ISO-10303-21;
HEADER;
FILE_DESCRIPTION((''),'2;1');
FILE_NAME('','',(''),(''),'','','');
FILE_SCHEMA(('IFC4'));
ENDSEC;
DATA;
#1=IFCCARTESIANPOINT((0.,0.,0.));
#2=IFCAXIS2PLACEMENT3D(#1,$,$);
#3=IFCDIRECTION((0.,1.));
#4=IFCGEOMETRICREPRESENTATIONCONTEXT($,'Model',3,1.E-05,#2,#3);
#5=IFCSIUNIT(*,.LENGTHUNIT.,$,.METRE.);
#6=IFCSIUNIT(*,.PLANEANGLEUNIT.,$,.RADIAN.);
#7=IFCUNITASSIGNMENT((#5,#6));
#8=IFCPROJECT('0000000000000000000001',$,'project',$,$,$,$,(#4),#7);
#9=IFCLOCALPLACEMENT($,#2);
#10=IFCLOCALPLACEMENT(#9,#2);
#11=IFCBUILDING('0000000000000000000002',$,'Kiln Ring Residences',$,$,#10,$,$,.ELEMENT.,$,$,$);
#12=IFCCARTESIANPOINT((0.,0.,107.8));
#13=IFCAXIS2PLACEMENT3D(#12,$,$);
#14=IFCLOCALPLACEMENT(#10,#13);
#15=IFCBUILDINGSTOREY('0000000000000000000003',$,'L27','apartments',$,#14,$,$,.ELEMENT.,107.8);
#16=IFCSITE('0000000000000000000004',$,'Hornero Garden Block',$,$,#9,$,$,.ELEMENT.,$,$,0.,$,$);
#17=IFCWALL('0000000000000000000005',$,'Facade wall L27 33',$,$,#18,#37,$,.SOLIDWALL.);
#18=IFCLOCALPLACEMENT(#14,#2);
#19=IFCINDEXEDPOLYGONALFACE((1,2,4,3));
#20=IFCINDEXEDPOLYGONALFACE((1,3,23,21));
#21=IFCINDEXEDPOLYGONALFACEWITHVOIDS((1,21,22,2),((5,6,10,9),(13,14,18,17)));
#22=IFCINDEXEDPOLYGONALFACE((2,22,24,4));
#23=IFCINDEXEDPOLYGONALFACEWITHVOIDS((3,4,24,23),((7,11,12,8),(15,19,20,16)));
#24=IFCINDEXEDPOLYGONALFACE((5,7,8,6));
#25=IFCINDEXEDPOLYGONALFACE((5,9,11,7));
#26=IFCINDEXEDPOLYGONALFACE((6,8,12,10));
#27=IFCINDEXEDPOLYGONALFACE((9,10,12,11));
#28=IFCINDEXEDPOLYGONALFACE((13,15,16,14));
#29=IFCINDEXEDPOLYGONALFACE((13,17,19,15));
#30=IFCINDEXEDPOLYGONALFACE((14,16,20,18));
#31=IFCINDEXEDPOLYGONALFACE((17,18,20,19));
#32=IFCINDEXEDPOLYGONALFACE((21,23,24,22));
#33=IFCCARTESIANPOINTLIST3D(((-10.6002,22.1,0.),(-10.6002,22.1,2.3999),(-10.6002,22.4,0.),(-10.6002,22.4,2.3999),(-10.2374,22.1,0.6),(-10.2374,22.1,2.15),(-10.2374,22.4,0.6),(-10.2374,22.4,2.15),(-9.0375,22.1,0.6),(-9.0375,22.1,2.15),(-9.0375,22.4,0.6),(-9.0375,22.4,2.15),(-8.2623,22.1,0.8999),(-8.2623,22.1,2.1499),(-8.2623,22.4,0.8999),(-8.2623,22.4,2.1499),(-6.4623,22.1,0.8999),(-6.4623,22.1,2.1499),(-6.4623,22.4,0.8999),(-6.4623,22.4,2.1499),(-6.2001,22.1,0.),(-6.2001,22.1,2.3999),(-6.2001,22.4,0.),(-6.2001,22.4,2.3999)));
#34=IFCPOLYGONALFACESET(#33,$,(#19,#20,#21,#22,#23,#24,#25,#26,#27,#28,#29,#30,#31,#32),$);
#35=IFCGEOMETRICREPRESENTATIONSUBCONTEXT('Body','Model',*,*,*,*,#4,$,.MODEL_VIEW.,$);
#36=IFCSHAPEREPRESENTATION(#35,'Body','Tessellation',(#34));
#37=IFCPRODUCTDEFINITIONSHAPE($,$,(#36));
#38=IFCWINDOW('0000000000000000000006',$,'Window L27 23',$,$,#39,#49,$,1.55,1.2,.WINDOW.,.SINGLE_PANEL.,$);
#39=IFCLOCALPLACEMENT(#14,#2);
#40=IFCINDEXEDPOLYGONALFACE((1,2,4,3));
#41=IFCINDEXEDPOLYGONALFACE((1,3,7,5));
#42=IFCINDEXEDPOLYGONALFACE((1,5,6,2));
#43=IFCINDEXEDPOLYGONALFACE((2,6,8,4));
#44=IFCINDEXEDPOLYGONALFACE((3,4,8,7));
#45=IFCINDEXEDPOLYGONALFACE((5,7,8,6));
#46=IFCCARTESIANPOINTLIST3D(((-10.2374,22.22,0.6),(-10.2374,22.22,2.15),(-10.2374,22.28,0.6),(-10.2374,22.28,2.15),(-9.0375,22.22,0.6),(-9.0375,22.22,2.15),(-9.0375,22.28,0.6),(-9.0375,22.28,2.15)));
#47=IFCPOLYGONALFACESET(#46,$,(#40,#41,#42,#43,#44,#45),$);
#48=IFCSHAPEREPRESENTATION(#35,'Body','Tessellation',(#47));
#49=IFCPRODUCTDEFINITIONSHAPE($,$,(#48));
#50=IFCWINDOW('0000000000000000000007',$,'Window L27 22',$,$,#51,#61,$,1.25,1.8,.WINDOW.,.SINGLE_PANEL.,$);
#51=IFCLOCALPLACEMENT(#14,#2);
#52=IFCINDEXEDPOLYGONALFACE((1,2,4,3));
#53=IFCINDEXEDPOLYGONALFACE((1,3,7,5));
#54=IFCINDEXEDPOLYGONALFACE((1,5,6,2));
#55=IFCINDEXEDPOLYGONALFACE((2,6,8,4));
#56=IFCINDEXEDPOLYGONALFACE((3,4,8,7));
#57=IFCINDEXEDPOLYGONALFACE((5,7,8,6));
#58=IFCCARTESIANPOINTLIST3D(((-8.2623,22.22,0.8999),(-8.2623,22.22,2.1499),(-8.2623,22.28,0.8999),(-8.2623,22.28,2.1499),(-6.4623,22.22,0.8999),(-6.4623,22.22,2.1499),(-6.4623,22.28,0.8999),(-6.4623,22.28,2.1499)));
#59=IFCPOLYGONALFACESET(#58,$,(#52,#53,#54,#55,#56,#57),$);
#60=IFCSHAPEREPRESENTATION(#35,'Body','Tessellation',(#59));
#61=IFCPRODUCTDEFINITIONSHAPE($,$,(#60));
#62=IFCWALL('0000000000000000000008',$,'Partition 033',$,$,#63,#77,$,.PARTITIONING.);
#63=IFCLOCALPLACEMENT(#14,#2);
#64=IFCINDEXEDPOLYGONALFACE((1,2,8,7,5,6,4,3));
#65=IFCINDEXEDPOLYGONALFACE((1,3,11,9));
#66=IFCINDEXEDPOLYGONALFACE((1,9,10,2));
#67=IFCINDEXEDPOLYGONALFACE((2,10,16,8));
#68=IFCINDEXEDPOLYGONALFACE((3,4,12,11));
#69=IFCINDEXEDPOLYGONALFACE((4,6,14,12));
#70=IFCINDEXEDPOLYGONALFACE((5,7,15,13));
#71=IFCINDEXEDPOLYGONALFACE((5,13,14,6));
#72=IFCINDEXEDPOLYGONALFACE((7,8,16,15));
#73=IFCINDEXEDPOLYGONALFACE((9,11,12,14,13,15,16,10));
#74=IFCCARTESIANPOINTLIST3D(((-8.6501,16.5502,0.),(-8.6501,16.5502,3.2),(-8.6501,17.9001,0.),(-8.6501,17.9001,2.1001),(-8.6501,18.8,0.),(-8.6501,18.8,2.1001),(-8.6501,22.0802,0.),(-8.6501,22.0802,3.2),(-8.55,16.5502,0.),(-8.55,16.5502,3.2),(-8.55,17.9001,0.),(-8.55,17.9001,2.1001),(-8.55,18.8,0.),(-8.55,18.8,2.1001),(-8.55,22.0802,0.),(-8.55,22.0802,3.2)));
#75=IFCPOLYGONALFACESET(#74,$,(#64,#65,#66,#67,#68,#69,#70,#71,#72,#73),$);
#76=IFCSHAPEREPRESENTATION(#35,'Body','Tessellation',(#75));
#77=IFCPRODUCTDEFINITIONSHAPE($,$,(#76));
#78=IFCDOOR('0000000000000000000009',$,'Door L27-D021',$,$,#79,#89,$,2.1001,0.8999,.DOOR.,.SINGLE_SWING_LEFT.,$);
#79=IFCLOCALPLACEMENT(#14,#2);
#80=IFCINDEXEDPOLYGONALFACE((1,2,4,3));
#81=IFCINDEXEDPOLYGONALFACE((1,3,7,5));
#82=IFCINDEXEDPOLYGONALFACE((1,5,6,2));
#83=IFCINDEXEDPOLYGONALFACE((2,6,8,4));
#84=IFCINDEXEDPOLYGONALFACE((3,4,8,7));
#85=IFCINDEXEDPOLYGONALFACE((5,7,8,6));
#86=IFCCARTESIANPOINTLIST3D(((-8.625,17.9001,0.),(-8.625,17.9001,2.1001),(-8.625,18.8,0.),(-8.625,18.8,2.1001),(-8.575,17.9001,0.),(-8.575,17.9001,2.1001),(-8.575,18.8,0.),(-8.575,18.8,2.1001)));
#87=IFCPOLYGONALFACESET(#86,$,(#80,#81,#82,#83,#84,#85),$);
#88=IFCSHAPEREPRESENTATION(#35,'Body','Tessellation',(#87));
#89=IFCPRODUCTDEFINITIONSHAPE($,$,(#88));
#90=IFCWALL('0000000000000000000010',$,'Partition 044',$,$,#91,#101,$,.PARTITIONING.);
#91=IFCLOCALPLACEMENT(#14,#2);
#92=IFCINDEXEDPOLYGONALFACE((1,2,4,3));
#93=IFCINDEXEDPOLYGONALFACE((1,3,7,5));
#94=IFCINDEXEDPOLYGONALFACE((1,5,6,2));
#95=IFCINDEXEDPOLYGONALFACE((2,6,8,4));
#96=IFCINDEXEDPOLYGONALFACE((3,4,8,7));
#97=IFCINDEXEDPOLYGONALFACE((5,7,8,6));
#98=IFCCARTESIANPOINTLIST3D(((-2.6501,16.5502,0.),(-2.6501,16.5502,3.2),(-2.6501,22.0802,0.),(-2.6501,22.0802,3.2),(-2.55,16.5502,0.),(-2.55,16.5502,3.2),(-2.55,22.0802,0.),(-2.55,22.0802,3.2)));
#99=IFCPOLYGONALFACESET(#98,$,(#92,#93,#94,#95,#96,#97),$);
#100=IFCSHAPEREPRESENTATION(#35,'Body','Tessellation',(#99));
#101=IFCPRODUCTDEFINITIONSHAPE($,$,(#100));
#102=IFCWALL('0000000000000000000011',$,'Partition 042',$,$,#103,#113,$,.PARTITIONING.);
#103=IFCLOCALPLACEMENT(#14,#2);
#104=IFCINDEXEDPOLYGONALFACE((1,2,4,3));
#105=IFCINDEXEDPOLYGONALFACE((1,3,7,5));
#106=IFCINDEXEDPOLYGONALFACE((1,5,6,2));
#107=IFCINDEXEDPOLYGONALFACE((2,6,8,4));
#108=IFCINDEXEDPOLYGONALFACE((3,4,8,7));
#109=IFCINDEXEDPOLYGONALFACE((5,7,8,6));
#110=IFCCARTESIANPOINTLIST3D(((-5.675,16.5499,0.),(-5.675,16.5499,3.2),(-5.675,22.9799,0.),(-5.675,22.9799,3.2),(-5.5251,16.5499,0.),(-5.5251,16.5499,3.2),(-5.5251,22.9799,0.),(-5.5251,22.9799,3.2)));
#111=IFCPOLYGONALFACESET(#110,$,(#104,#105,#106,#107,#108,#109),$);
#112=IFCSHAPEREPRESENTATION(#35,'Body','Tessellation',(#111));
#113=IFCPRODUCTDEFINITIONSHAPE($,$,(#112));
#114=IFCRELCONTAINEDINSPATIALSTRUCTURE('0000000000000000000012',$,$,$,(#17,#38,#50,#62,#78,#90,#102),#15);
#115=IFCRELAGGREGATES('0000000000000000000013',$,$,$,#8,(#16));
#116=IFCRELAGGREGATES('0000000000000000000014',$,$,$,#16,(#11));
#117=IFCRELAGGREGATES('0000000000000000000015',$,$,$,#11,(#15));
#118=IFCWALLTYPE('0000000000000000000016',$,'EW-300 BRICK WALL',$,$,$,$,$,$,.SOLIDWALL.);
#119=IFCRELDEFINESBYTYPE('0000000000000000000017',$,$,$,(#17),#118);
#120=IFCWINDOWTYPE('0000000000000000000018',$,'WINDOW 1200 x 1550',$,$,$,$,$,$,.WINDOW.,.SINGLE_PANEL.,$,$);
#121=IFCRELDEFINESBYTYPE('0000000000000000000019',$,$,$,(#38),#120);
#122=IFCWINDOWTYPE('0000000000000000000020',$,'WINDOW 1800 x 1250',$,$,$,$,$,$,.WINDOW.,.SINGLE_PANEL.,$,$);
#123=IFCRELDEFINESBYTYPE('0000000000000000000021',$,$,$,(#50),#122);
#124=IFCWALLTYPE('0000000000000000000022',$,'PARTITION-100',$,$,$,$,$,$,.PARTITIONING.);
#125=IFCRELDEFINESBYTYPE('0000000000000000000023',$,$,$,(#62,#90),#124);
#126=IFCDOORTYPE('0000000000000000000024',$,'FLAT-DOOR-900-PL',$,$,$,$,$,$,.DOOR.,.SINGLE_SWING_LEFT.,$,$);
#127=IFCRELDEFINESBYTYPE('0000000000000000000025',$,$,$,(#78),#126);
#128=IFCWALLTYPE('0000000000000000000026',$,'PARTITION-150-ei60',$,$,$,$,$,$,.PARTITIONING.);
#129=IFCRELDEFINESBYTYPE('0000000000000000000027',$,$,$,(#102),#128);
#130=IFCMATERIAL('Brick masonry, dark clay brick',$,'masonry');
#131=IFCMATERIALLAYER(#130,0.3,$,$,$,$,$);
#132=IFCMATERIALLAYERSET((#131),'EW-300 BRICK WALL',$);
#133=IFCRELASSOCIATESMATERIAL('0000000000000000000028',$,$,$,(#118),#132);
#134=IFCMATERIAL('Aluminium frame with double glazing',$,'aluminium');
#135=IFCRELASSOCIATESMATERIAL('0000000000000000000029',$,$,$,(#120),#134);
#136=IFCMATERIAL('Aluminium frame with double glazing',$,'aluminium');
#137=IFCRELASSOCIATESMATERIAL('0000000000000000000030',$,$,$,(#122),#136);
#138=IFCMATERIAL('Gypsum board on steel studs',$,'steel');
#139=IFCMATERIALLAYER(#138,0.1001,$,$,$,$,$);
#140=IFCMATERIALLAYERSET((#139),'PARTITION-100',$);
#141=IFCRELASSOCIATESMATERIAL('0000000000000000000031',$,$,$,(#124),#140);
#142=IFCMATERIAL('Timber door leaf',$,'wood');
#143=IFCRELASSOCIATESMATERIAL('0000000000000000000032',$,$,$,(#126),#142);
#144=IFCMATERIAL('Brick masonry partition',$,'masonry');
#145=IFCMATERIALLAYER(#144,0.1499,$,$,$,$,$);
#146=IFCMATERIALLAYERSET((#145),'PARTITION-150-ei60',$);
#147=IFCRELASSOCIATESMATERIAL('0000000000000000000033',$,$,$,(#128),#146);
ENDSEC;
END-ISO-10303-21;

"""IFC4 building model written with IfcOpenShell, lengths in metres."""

from ifc_helpers import new_model, si_unit, direction, frame, frame_2d, origin, place, context, subcontext, project, spatial, rectangle, extrude, material, layer, layer_set, type_object, element, fill, save


model = new_model("IFC4")

# Units and contexts
model_context = context("Model", 3, precision=1e-05, world=origin(), true_north=direction((0.0, 1.0)))
body_context = subcontext(model_context, "Body", "Model", "MODEL_VIEW")
ifc_project = project(units=[si_unit("LENGTHUNIT", "METRE"), si_unit("PLANEANGLEUNIT", "RADIAN")], contexts=[model_context])

# Site, building, storey
site_placement = place(None, origin())
site = spatial("IfcSite", under=ifc_project, at=site_placement, Name="Hornero Garden Block", CompositionType="ELEMENT", RefElevation=0.0)
building_placement = place(site_placement, origin())
building = spatial("IfcBuilding", under=site, at=building_placement, Name="Kiln Ring Residences", CompositionType="ELEMENT")
storey_placement = place(building_placement, frame((0.0, 0.0, 107.8)))
storey = spatial("IfcBuildingStorey", under=building, at=storey_placement, Name="L27", Description="apartments", CompositionType="ELEMENT", Elevation=107.8)

# Wall, openings, windows
ifc_material_1 = material(Name="Brick masonry, dark clay brick", Category="masonry")
ifc_layer_1 = layer(ifc_material_1, 0.3)
ifc_layer_set_1 = layer_set([ifc_layer_1], Name="EW-300 BRICK WALL")
wall_type_1 = type_object("IfcWallType", Name="EW-300 BRICK WALL", PredefinedType="SOLIDWALL", material=ifc_layer_set_1)
ifc_material_2 = material(Name="Aluminium frame with double glazing", Category="aluminium")
window_type_1 = type_object("IfcWindowType", Name="WINDOW 1200 x 1550", PartitioningType="SINGLE_PANEL", PredefinedType="WINDOW", material=ifc_material_2)
ifc_material_3 = material(Name="Aluminium frame with double glazing", Category="aluminium")
window_type_2 = type_object("IfcWindowType", Name="WINDOW 1800 x 1250", PartitioningType="SINGLE_PANEL", PredefinedType="WINDOW", material=ifc_material_3)
wall_1_placement = place(storey_placement, frame((-6.2, 22.25, 0.0), z_axis=(0.0, 0.0, 1.0), x_axis=(-1.0, 0.0, 0.0)))
wall_1 = element("IfcWall", 1, at=wall_1_placement, inside=storey, type_object=wall_type_1, Name="Facade wall L27 33", PredefinedType="SOLIDWALL", context=body_context, shape_type="SweptSolid", body=[
    extrude(rectangle(XDim=4.4001, YDim=0.3, at=frame_2d((2.2002, 0.0))), origin(), (0.0, 0.0, 1.0), 2.3999),
])
opening_1_placement = place(wall_1_placement, frame((0.2625, 0.0, 0.8999)))
opening_1 = element("IfcOpeningElement", 2, at=opening_1_placement, cuts=wall_1, PredefinedType="OPENING", context=body_context, shape_type="SweptSolid", body=[
    extrude(rectangle(XDim=1.8, YDim=1.25, at=frame_2d((0.8999, 0.625))), frame((0.0, 0.1599, 0.0), z_axis=(0.0, -1.0, 0.0), x_axis=(1.0, 0.0, 0.0)), (0.0, 0.0, 1.0), 0.3201),
])
opening_2_placement = place(wall_1_placement, frame((2.8374, 0.0, 0.6001)))
opening_2 = element("IfcOpeningElement", 3, at=opening_2_placement, cuts=wall_1, PredefinedType="OPENING", context=body_context, shape_type="SweptSolid", body=[
    extrude(rectangle(XDim=1.2, YDim=1.55, at=frame_2d((0.6001, 0.7749))), frame((0.0, 0.1599, 0.0), z_axis=(0.0, -1.0, 0.0), x_axis=(1.0, 0.0, 0.0)), (0.0, 0.0, 1.0), 0.3201),
])
window_1_placement = place(opening_2_placement, origin())
window_1 = element("IfcWindow", 4, at=window_1_placement, inside=storey, type_object=window_type_1, Name="Window L27 23", OverallHeight=1.55, OverallWidth=1.2, PartitioningType="SINGLE_PANEL", PredefinedType="WINDOW", context=body_context, shape_type="SweptSolid", body=[
    extrude(rectangle(XDim=1.2, YDim=1.55, at=frame_2d((0.6001, 0.7749))), frame((0.0, 0.03, 0.0), z_axis=(0.0, -1.0, 0.0), x_axis=(1.0, 0.0, 0.0)), (0.0, 0.0, 1.0), 0.0601),
])
fill(opening_2, window_1)
window_2_placement = place(opening_1_placement, origin())
window_2 = element("IfcWindow", 5, at=window_2_placement, inside=storey, type_object=window_type_2, Name="Window L27 22", OverallHeight=1.25, OverallWidth=1.8, PartitioningType="SINGLE_PANEL", PredefinedType="WINDOW", context=body_context, shape_type="SweptSolid", body=[
    extrude(rectangle(XDim=1.8, YDim=1.25, at=frame_2d((0.8999, 0.625))), frame((0.0, 0.03, 0.0), z_axis=(0.0, -1.0, 0.0), x_axis=(1.0, 0.0, 0.0)), (0.0, 0.0, 1.0), 0.0601),
])
fill(opening_1, window_2)

# Wall, opening, door
ifc_material_4 = material(Name="Gypsum board on steel studs", Category="steel")
ifc_layer_2 = layer(ifc_material_4, 0.1001)
ifc_layer_set_2 = layer_set([ifc_layer_2], Name="PARTITION-100")
wall_type_2 = type_object("IfcWallType", Name="PARTITION-100", PredefinedType="PARTITIONING", material=ifc_layer_set_2)
wall_2_placement = place(storey_placement, frame((-8.6001, 16.55, 0.0), z_axis=(0.0, 0.0, 1.0), x_axis=(0.0, 1.0, 0.0)))
wall_2 = element("IfcWall", 6, at=wall_2_placement, inside=storey, type_object=wall_type_2, Name="Partition 033", PredefinedType="PARTITIONING", context=body_context, shape_type="SweptSolid", body=[
    extrude(rectangle(XDim=5.53, YDim=0.1001, at=frame_2d((2.7651, 0.0))), origin(), (0.0, 0.0, 1.0), 3.2),
])
opening_3_placement = place(wall_2_placement, frame((1.3501, 0.0, 0.0)))
opening_3 = element("IfcOpeningElement", 7, at=opening_3_placement, cuts=wall_2, PredefinedType="OPENING", context=body_context, shape_type="SweptSolid", body=[
    extrude(rectangle(XDim=0.8999, YDim=2.1001, at=frame_2d((0.45, 1.05))), frame((0.0, 0.0601, 0.0), z_axis=(0.0, -1.0, 0.0), x_axis=(1.0, 0.0, 0.0)), (0.0, 0.0, 1.0), 0.1201),
])
ifc_material_5 = material(Name="Timber door leaf", Category="wood")
door_type = type_object("IfcDoorType", Name="FLAT-DOOR-900-PL", OperationType="SINGLE_SWING_LEFT", PredefinedType="DOOR", material=ifc_material_5)
door_placement = place(opening_3_placement, origin())
door = element("IfcDoor", 8, at=door_placement, inside=storey, type_object=door_type, Name="Door L27-D021", OperationType="SINGLE_SWING_LEFT", OverallHeight=2.1001, OverallWidth=0.8999, PredefinedType="DOOR", context=body_context, shape_type="SweptSolid", body=[
    extrude(rectangle(XDim=0.8999, YDim=2.1001, at=frame_2d((0.45, 1.05))), frame((0.0, 0.0249, 0.0), z_axis=(0.0, -1.0, 0.0), x_axis=(1.0, 0.0, 0.0)), (0.0, 0.0, 1.0), 0.05),
])
fill(opening_3, door)

# Walls
wall_3_placement = place(storey_placement, frame((-2.6001, 16.55, 0.0), z_axis=(0.0, 0.0, 1.0), x_axis=(0.0, 1.0, 0.0)))
element("IfcWall", 9, at=wall_3_placement, inside=storey, type_object=wall_type_2, Name="Partition 044", PredefinedType="PARTITIONING", context=body_context, shape_type="SweptSolid", body=[
    extrude(rectangle(XDim=5.53, YDim=0.1001, at=frame_2d((2.7651, 0.0))), origin(), (0.0, 0.0, 1.0), 3.2),
])
ifc_material_6 = material(Name="Brick masonry partition", Category="masonry")
ifc_layer_3 = layer(ifc_material_6, 0.1499)
ifc_layer_set_3 = layer_set([ifc_layer_3], Name="PARTITION-150-ei60")
wall_type_3 = type_object("IfcWallType", Name="PARTITION-150-ei60", PredefinedType="PARTITIONING", material=ifc_layer_set_3)
wall_4_placement = place(storey_placement, frame((-5.6001, 16.55, 0.0), z_axis=(0.0, 0.0, 1.0), x_axis=(0.0, 1.0, 0.0)))
element("IfcWall", 10, at=wall_4_placement, inside=storey, type_object=wall_type_3, Name="Partition 042", PredefinedType="PARTITIONING", context=body_context, shape_type="SweptSolid", body=[
    extrude(rectangle(XDim=6.4299, YDim=0.1499, at=frame_2d((3.2148, 0.0))), origin(), (0.0, 0.0, 1.0), 3.2),
])

save(model, "model.ifc")
